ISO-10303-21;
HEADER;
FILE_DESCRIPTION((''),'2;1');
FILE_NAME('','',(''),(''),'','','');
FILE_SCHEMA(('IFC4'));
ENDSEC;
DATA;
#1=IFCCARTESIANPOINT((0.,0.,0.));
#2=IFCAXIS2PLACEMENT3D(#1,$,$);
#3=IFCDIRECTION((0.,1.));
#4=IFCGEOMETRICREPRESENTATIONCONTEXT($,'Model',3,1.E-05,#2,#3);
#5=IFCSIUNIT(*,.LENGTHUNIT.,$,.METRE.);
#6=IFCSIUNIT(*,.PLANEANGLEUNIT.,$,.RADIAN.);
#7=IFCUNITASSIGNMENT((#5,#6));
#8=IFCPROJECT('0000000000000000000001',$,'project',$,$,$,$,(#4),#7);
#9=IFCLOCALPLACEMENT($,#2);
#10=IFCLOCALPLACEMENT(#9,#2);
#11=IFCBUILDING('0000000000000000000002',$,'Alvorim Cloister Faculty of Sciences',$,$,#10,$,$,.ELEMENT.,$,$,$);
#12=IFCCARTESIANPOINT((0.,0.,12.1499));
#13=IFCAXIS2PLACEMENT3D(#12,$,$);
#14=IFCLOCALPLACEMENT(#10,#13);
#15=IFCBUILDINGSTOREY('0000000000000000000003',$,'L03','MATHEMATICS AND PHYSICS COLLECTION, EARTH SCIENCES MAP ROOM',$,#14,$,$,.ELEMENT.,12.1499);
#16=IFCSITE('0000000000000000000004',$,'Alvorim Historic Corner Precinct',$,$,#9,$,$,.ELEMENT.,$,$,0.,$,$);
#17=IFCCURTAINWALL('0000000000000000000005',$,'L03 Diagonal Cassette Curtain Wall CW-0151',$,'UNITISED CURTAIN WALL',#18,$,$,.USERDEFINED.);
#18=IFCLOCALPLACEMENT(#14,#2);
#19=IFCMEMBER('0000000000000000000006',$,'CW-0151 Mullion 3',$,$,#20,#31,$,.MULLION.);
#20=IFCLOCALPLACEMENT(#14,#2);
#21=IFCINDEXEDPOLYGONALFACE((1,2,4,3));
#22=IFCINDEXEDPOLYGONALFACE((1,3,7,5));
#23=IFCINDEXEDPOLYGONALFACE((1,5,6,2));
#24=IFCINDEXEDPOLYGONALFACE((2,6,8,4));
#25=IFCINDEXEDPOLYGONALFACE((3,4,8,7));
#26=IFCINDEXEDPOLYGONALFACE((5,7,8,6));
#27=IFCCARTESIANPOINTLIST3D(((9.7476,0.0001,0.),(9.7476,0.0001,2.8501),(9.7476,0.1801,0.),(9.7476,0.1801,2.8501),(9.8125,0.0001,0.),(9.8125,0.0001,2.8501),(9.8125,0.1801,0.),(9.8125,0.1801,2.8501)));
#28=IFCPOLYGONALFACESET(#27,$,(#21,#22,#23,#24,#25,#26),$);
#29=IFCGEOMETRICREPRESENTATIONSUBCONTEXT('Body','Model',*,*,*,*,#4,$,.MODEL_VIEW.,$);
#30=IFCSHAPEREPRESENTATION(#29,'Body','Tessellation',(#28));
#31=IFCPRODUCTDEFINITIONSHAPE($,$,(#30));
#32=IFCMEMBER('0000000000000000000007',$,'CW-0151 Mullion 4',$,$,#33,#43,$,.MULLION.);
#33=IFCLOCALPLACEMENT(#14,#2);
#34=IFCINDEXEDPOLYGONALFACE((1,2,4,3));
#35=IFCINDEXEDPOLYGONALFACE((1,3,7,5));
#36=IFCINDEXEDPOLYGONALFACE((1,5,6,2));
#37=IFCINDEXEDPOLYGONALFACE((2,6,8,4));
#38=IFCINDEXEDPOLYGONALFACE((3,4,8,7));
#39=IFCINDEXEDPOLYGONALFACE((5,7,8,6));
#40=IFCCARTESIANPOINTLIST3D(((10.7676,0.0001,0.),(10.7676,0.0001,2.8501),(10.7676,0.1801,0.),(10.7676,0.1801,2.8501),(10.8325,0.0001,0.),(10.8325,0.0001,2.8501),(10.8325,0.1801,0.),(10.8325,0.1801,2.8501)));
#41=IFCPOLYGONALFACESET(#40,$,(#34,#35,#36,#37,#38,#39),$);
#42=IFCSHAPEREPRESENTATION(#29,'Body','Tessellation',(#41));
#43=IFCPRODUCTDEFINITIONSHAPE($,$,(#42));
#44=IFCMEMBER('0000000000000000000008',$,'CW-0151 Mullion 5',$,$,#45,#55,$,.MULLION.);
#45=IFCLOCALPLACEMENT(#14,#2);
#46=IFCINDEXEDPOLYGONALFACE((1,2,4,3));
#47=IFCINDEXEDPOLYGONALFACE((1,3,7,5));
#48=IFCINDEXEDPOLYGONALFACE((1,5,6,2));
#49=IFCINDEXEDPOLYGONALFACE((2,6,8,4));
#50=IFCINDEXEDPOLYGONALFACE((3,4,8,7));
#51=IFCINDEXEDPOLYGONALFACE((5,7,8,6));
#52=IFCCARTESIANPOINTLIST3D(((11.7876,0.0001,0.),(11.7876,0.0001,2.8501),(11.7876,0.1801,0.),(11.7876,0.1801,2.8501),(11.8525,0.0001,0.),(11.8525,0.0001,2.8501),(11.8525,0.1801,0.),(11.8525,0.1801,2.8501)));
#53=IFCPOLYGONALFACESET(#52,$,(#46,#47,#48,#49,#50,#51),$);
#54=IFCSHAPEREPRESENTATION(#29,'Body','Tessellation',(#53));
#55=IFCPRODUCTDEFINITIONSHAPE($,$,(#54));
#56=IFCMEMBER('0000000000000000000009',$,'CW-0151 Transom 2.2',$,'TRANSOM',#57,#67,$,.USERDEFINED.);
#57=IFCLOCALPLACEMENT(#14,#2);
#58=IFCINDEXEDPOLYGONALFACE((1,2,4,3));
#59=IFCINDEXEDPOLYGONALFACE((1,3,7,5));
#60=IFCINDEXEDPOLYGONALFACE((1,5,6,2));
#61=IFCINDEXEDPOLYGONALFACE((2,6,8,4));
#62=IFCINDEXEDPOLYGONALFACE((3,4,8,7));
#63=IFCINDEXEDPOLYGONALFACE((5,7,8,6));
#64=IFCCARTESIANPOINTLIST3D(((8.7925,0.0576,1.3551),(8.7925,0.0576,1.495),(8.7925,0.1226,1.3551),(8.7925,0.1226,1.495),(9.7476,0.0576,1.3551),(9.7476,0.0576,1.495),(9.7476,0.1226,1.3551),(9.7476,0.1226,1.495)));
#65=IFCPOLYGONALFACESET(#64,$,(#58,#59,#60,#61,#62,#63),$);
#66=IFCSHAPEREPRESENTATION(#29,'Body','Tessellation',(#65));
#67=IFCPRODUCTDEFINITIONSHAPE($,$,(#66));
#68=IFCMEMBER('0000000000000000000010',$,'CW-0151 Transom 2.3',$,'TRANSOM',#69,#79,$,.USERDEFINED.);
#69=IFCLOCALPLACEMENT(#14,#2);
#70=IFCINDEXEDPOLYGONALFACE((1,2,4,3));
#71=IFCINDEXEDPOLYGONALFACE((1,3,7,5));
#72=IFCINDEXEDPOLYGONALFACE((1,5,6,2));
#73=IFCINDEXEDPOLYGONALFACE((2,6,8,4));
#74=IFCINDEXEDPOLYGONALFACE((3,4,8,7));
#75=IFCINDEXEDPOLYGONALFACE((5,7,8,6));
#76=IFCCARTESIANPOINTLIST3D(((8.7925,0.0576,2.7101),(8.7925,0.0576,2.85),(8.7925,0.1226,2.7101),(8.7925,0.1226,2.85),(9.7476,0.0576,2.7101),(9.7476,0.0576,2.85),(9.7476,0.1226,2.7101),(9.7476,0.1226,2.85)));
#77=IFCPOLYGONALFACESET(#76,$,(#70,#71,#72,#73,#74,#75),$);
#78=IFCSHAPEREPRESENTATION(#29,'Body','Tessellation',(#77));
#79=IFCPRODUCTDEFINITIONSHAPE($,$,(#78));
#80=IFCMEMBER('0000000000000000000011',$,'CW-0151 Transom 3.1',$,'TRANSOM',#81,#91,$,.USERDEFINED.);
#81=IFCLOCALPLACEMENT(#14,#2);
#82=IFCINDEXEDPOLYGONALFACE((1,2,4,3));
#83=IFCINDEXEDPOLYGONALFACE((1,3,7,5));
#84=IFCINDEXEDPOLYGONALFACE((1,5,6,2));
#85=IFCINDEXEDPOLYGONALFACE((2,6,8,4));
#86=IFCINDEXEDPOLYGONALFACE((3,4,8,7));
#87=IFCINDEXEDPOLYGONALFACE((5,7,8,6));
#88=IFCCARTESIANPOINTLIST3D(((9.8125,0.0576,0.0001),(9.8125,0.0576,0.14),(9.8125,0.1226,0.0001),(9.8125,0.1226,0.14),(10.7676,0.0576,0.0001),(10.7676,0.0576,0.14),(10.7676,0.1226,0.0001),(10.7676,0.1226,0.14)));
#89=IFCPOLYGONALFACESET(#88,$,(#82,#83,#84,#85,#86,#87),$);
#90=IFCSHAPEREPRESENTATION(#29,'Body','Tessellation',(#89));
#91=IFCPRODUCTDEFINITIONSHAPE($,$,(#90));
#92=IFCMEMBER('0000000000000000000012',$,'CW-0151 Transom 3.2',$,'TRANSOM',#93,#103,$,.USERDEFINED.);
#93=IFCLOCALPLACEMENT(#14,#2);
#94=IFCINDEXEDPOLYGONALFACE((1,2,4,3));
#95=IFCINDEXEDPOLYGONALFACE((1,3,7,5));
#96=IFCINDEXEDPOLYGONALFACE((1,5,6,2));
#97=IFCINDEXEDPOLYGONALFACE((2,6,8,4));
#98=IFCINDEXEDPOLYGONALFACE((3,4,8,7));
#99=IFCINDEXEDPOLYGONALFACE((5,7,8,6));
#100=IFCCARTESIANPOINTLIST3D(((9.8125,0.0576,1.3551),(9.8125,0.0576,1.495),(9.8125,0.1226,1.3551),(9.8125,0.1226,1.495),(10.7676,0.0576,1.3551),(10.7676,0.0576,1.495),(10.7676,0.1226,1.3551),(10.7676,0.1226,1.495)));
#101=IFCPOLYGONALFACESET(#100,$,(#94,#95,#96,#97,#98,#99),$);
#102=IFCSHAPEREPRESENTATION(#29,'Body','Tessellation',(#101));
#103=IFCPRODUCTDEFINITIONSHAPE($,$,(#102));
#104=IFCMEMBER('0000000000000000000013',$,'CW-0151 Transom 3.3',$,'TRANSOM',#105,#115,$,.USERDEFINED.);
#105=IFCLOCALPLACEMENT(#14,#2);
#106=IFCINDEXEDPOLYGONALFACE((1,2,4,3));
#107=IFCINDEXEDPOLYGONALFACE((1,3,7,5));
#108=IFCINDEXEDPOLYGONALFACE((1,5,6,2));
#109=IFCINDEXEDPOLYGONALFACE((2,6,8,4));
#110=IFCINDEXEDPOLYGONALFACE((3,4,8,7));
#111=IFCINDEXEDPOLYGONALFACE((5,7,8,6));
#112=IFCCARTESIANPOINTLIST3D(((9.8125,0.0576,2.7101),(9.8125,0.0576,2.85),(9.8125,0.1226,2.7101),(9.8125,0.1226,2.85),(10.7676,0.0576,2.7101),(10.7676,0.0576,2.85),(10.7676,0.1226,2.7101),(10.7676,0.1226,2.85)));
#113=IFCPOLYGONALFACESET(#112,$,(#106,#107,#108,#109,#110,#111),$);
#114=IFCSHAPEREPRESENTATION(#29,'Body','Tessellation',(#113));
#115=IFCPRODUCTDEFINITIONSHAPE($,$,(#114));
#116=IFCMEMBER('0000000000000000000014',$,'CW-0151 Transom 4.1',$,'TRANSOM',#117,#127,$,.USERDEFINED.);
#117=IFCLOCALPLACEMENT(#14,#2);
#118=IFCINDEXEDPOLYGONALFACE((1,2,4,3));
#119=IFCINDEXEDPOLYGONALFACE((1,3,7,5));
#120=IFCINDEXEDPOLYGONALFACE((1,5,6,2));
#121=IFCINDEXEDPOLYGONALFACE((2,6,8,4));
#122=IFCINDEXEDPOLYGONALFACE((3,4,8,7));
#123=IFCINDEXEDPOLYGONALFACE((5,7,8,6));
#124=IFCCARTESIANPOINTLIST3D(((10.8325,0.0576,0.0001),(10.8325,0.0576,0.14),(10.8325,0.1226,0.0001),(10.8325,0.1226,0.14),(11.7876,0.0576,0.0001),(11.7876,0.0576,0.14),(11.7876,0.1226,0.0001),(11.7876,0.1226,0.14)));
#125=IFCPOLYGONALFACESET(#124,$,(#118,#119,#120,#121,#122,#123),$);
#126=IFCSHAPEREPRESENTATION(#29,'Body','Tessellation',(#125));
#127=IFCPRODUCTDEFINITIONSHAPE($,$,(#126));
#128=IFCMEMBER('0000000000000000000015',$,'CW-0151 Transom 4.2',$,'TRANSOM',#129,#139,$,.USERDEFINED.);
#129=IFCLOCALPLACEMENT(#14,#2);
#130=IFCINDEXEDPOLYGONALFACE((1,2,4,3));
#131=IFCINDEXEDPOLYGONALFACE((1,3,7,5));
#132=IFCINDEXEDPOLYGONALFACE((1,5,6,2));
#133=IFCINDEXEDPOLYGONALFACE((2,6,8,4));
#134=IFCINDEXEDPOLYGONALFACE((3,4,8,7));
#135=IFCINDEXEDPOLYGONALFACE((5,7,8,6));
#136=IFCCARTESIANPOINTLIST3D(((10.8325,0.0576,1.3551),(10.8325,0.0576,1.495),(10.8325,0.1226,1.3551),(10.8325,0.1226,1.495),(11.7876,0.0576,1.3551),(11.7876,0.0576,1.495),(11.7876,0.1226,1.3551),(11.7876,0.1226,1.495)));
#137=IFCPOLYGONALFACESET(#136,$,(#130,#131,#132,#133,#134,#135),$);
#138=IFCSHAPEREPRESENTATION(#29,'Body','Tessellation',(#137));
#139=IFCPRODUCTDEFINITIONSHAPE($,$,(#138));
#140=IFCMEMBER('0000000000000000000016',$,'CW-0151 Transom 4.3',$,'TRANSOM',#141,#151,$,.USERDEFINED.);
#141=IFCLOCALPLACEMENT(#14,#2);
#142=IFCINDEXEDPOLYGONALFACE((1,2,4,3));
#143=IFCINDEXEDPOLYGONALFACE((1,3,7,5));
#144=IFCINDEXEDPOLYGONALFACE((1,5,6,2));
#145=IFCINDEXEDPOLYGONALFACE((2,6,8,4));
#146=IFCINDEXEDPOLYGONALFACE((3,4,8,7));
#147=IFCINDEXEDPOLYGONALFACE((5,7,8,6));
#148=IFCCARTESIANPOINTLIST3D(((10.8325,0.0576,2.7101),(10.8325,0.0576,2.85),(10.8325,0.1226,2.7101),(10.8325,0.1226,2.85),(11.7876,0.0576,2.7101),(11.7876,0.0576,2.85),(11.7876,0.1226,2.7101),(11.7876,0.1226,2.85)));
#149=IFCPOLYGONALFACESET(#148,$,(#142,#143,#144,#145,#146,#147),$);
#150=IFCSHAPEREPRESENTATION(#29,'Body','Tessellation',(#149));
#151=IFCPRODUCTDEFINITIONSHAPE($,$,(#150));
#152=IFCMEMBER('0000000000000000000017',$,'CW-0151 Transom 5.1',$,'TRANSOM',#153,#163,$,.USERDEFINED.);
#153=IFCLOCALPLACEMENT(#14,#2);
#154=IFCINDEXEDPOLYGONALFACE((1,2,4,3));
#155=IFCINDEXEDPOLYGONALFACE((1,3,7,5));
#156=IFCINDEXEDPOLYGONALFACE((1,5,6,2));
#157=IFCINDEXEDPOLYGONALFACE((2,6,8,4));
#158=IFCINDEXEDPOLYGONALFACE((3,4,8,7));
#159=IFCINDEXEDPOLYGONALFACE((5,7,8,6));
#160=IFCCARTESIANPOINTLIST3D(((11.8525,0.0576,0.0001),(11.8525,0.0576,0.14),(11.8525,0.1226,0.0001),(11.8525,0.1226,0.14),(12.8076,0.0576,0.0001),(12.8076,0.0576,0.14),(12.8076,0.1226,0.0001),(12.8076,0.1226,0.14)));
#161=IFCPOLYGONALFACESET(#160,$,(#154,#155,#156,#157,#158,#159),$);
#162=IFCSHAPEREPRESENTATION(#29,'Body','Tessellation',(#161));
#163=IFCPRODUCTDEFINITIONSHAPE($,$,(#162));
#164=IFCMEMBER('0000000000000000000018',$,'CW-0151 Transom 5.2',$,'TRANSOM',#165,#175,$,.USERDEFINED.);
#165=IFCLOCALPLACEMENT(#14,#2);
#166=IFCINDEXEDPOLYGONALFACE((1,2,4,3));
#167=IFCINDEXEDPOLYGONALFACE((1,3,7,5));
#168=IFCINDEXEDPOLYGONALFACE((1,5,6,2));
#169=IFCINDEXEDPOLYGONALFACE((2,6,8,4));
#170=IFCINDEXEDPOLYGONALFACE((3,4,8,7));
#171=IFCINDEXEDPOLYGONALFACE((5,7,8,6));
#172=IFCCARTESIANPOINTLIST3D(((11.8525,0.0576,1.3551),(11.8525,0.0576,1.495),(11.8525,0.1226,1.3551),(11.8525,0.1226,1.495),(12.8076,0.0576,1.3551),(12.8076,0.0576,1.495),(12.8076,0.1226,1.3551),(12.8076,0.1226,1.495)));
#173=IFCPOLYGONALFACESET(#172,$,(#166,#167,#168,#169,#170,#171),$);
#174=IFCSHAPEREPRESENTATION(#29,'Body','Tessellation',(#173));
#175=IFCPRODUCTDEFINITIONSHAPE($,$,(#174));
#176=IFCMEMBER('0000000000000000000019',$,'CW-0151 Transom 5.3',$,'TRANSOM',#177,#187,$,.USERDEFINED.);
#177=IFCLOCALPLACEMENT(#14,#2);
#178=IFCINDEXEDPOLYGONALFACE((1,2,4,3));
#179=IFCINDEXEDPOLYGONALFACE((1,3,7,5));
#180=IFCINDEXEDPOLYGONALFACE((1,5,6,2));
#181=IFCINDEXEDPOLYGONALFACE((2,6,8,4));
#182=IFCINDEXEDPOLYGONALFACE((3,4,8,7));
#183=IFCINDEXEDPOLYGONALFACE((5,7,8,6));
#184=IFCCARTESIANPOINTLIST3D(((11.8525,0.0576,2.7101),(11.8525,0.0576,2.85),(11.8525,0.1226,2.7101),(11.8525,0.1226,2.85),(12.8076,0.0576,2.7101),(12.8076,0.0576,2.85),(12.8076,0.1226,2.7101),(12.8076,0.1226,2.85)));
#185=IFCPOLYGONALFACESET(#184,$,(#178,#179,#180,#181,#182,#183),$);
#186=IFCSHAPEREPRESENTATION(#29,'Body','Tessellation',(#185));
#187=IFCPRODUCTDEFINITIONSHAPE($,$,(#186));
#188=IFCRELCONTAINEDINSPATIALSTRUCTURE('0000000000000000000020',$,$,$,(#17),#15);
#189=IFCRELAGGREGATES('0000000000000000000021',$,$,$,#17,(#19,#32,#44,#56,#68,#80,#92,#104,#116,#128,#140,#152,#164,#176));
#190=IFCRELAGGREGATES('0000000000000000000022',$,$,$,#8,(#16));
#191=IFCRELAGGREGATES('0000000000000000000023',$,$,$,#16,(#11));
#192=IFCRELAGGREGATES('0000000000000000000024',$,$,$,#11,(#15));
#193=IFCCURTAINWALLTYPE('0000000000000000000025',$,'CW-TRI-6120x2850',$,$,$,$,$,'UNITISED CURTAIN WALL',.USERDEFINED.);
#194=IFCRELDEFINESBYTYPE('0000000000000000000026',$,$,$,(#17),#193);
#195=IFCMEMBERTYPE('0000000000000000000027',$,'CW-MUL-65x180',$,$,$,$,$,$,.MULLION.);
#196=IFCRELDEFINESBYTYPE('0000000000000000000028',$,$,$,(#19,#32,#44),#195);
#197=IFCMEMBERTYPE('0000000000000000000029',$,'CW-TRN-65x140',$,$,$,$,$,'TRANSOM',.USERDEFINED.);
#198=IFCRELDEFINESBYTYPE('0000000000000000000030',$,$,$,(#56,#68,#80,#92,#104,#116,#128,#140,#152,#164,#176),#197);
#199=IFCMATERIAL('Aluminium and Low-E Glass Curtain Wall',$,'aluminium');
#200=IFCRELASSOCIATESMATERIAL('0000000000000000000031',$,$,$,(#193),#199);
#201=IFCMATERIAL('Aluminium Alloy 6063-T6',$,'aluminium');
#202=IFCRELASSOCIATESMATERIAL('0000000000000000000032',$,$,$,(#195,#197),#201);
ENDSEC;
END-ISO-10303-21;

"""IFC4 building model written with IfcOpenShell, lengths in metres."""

from ifc_helpers import new_model, si_unit, direction, frame, origin, origin_2d, place, context, subcontext, project, spatial, rectangle, extrude, material, material_profile, profile_set, type_object, element, aggregate, save


model = new_model("IFC4")

# Units and contexts
model_context = context("Model", 3, precision=1e-05, world=origin(), true_north=direction((0.0, 1.0)))
body_context = subcontext(model_context, "Body", "Model", "MODEL_VIEW")
ifc_project = project(units=[si_unit("LENGTHUNIT", "METRE"), si_unit("PLANEANGLEUNIT", "RADIAN")], contexts=[model_context])

# Site, building, storey
site_placement = place(None, origin())
site = spatial("IfcSite", under=ifc_project, at=site_placement, Name="Alvorim Historic Corner Precinct", CompositionType="ELEMENT", RefElevation=0.0)
building_placement = place(site_placement, origin())
building = spatial("IfcBuilding", under=site, at=building_placement, Name="Alvorim Cloister Faculty of Sciences", CompositionType="ELEMENT")
storey_placement = place(building_placement, frame((0.0, 0.0, 12.1499)))
storey = spatial("IfcBuildingStorey", under=building, at=storey_placement, Name="L03", Description="MATHEMATICS AND PHYSICS COLLECTION, EARTH SCIENCES MAP ROOM", CompositionType="ELEMENT", Elevation=12.1499)

# Curtain wall, members
ifc_material_1 = material(Name="Aluminium and Low-E Glass Curtain Wall", Category="aluminium")
curtain_wall_type = type_object("IfcCurtainWallType", Name="CW-TRI-6120x2850", ElementType="UNITISED CURTAIN WALL", PredefinedType="USERDEFINED", material=ifc_material_1)
curtain_wall_placement = place(storey_placement, origin())
curtain_wall = element("IfcCurtainWall", 1, at=curtain_wall_placement, inside=storey, type_object=curtain_wall_type, Name="L03 Diagonal Cassette Curtain Wall CW-0151", ObjectType="UNITISED CURTAIN WALL", PredefinedType="USERDEFINED")
ifc_material_2 = material(Name="Aluminium Alloy 6063-T6", Category="aluminium")
ifc_material_profile_1 = material_profile(ifc_material_2, rectangle(XDim=0.0649, YDim=0.1799, at=origin_2d()), Name="ALU-MUL-65x180")
ifc_profile_set_1 = profile_set([ifc_material_profile_1], Name="Aluminium Alloy 6063-T6")
member_type_1 = type_object("IfcMemberType", Name="CW-MUL-65x180", PredefinedType="MULLION", material=ifc_profile_set_1)
member_1_placement = place(storey_placement, frame((9.78, 0.0901, 0.0), z_axis=(0.0, 0.0, 1.0), x_axis=(1.0, 0.0, 0.0)))
member_1 = element("IfcMember", 2, at=member_1_placement, type_object=member_type_1, Name="CW-0151 Mullion 3", PredefinedType="MULLION", context=body_context, shape_type="SweptSolid", body=[
    extrude(rectangle(XDim=0.0649, YDim=0.1799, at=origin_2d()), origin(), (0.0, 0.0, 1.0), 2.8501),
])
member_2_placement = place(storey_placement, frame((10.8, 0.0901, 0.0), z_axis=(0.0, 0.0, 1.0), x_axis=(1.0, 0.0, 0.0)))
member_2 = element("IfcMember", 3, at=member_2_placement, type_object=member_type_1, Name="CW-0151 Mullion 4", PredefinedType="MULLION", context=body_context, shape_type="SweptSolid", body=[
    extrude(rectangle(XDim=0.0649, YDim=0.1799, at=origin_2d()), origin(), (0.0, 0.0, 1.0), 2.8501),
])
member_3_placement = place(storey_placement, frame((11.8201, 0.0901, 0.0), z_axis=(0.0, 0.0, 1.0), x_axis=(1.0, 0.0, 0.0)))
member_3 = element("IfcMember", 4, at=member_3_placement, type_object=member_type_1, Name="CW-0151 Mullion 5", PredefinedType="MULLION", context=body_context, shape_type="SweptSolid", body=[
    extrude(rectangle(XDim=0.0649, YDim=0.1799, at=origin_2d()), origin(), (0.0, 0.0, 1.0), 2.8501),
])
ifc_material_profile_2 = material_profile(ifc_material_2, rectangle(XDim=0.0649, YDim=0.1399, at=origin_2d()), Name="ALU-TRN-65x140")
ifc_profile_set_2 = profile_set([ifc_material_profile_2], Name="Aluminium Alloy 6063-T6")
member_type_2 = type_object("IfcMemberType", Name="CW-TRN-65x140", ElementType="TRANSOM", PredefinedType="USERDEFINED", material=ifc_profile_set_2)
member_4_placement = place(storey_placement, frame((8.7925, 0.0901, 1.425), z_axis=(1.0, 0.0, 0.0), x_axis=(0.0, 1.0, 0.0)))
member_4 = element("IfcMember", 5, at=member_4_placement, type_object=member_type_2, Name="CW-0151 Transom 2.2", ObjectType="TRANSOM", PredefinedType="USERDEFINED", context=body_context, shape_type="SweptSolid", body=[
    extrude(rectangle(XDim=0.0649, YDim=0.1399, at=origin_2d()), origin(), (0.0, 0.0, 1.0), 0.9551),
])
member_5_placement = place(storey_placement, frame((8.7925, 0.0901, 2.78), z_axis=(1.0, 0.0, 0.0), x_axis=(0.0, 1.0, 0.0)))
member_5 = element("IfcMember", 6, at=member_5_placement, type_object=member_type_2, Name="CW-0151 Transom 2.3", ObjectType="TRANSOM", PredefinedType="USERDEFINED", context=body_context, shape_type="SweptSolid", body=[
    extrude(rectangle(XDim=0.0649, YDim=0.1399, at=origin_2d()), origin(), (0.0, 0.0, 1.0), 0.9551),
])
member_6_placement = place(storey_placement, frame((9.8125, 0.0901, 0.0701), z_axis=(1.0, 0.0, 0.0), x_axis=(0.0, 1.0, 0.0)))
member_6 = element("IfcMember", 7, at=member_6_placement, type_object=member_type_2, Name="CW-0151 Transom 3.1", ObjectType="TRANSOM", PredefinedType="USERDEFINED", context=body_context, shape_type="SweptSolid", body=[
    extrude(rectangle(XDim=0.0649, YDim=0.1399, at=origin_2d()), origin(), (0.0, 0.0, 1.0), 0.9551),
])
member_7_placement = place(storey_placement, frame((9.8125, 0.0901, 1.425), z_axis=(1.0, 0.0, 0.0), x_axis=(0.0, 1.0, 0.0)))
member_7 = element("IfcMember", 8, at=member_7_placement, type_object=member_type_2, Name="CW-0151 Transom 3.2", ObjectType="TRANSOM", PredefinedType="USERDEFINED", context=body_context, shape_type="SweptSolid", body=[
    extrude(rectangle(XDim=0.0649, YDim=0.1399, at=origin_2d()), origin(), (0.0, 0.0, 1.0), 0.9551),
])
member_8_placement = place(storey_placement, frame((9.8125, 0.0901, 2.78), z_axis=(1.0, 0.0, 0.0), x_axis=(0.0, 1.0, 0.0)))
member_8 = element("IfcMember", 9, at=member_8_placement, type_object=member_type_2, Name="CW-0151 Transom 3.3", ObjectType="TRANSOM", PredefinedType="USERDEFINED", context=body_context, shape_type="SweptSolid", body=[
    extrude(rectangle(XDim=0.0649, YDim=0.1399, at=origin_2d()), origin(), (0.0, 0.0, 1.0), 0.9551),
])
member_9_placement = place(storey_placement, frame((10.8325, 0.0901, 0.0701), z_axis=(1.0, 0.0, 0.0), x_axis=(0.0, 1.0, 0.0)))
member_9 = element("IfcMember", 10, at=member_9_placement, type_object=member_type_2, Name="CW-0151 Transom 4.1", ObjectType="TRANSOM", PredefinedType="USERDEFINED", context=body_context, shape_type="SweptSolid", body=[
    extrude(rectangle(XDim=0.0649, YDim=0.1399, at=origin_2d()), origin(), (0.0, 0.0, 1.0), 0.9551),
])
member_10_placement = place(storey_placement, frame((10.8325, 0.0901, 1.425), z_axis=(1.0, 0.0, 0.0), x_axis=(0.0, 1.0, 0.0)))
member_10 = element("IfcMember", 11, at=member_10_placement, type_object=member_type_2, Name="CW-0151 Transom 4.2", ObjectType="TRANSOM", PredefinedType="USERDEFINED", context=body_context, shape_type="SweptSolid", body=[
    extrude(rectangle(XDim=0.0649, YDim=0.1399, at=origin_2d()), origin(), (0.0, 0.0, 1.0), 0.9551),
])
member_11_placement = place(storey_placement, frame((10.8325, 0.0901, 2.78), z_axis=(1.0, 0.0, 0.0), x_axis=(0.0, 1.0, 0.0)))
member_11 = element("IfcMember", 12, at=member_11_placement, type_object=member_type_2, Name="CW-0151 Transom 4.3", ObjectType="TRANSOM", PredefinedType="USERDEFINED", context=body_context, shape_type="SweptSolid", body=[
    extrude(rectangle(XDim=0.0649, YDim=0.1399, at=origin_2d()), origin(), (0.0, 0.0, 1.0), 0.9551),
])
member_12_placement = place(storey_placement, frame((11.8525, 0.0901, 0.0701), z_axis=(1.0, 0.0, 0.0), x_axis=(0.0, 1.0, 0.0)))
member_12 = element("IfcMember", 13, at=member_12_placement, type_object=member_type_2, Name="CW-0151 Transom 5.1", ObjectType="TRANSOM", PredefinedType="USERDEFINED", context=body_context, shape_type="SweptSolid", body=[
    extrude(rectangle(XDim=0.0649, YDim=0.1399, at=origin_2d()), origin(), (0.0, 0.0, 1.0), 0.9551),
])
member_13_placement = place(storey_placement, frame((11.8525, 0.0901, 1.425), z_axis=(1.0, 0.0, 0.0), x_axis=(0.0, 1.0, 0.0)))
member_13 = element("IfcMember", 14, at=member_13_placement, type_object=member_type_2, Name="CW-0151 Transom 5.2", ObjectType="TRANSOM", PredefinedType="USERDEFINED", context=body_context, shape_type="SweptSolid", body=[
    extrude(rectangle(XDim=0.0649, YDim=0.1399, at=origin_2d()), origin(), (0.0, 0.0, 1.0), 0.9551),
])
member_14_placement = place(storey_placement, frame((11.8525, 0.0901, 2.78), z_axis=(1.0, 0.0, 0.0), x_axis=(0.0, 1.0, 0.0)))
member_14 = element("IfcMember", 15, at=member_14_placement, type_object=member_type_2, Name="CW-0151 Transom 5.3", ObjectType="TRANSOM", PredefinedType="USERDEFINED", context=body_context, shape_type="SweptSolid", body=[
    extrude(rectangle(XDim=0.0649, YDim=0.1399, at=origin_2d()), origin(), (0.0, 0.0, 1.0), 0.9551),
])
aggregate(curtain_wall, [member_1, member_2, member_3, member_4, member_5, member_6, member_7, member_8, member_9, member_10, member_11, member_12, member_13, member_14])

save(model, "model.ifc")
